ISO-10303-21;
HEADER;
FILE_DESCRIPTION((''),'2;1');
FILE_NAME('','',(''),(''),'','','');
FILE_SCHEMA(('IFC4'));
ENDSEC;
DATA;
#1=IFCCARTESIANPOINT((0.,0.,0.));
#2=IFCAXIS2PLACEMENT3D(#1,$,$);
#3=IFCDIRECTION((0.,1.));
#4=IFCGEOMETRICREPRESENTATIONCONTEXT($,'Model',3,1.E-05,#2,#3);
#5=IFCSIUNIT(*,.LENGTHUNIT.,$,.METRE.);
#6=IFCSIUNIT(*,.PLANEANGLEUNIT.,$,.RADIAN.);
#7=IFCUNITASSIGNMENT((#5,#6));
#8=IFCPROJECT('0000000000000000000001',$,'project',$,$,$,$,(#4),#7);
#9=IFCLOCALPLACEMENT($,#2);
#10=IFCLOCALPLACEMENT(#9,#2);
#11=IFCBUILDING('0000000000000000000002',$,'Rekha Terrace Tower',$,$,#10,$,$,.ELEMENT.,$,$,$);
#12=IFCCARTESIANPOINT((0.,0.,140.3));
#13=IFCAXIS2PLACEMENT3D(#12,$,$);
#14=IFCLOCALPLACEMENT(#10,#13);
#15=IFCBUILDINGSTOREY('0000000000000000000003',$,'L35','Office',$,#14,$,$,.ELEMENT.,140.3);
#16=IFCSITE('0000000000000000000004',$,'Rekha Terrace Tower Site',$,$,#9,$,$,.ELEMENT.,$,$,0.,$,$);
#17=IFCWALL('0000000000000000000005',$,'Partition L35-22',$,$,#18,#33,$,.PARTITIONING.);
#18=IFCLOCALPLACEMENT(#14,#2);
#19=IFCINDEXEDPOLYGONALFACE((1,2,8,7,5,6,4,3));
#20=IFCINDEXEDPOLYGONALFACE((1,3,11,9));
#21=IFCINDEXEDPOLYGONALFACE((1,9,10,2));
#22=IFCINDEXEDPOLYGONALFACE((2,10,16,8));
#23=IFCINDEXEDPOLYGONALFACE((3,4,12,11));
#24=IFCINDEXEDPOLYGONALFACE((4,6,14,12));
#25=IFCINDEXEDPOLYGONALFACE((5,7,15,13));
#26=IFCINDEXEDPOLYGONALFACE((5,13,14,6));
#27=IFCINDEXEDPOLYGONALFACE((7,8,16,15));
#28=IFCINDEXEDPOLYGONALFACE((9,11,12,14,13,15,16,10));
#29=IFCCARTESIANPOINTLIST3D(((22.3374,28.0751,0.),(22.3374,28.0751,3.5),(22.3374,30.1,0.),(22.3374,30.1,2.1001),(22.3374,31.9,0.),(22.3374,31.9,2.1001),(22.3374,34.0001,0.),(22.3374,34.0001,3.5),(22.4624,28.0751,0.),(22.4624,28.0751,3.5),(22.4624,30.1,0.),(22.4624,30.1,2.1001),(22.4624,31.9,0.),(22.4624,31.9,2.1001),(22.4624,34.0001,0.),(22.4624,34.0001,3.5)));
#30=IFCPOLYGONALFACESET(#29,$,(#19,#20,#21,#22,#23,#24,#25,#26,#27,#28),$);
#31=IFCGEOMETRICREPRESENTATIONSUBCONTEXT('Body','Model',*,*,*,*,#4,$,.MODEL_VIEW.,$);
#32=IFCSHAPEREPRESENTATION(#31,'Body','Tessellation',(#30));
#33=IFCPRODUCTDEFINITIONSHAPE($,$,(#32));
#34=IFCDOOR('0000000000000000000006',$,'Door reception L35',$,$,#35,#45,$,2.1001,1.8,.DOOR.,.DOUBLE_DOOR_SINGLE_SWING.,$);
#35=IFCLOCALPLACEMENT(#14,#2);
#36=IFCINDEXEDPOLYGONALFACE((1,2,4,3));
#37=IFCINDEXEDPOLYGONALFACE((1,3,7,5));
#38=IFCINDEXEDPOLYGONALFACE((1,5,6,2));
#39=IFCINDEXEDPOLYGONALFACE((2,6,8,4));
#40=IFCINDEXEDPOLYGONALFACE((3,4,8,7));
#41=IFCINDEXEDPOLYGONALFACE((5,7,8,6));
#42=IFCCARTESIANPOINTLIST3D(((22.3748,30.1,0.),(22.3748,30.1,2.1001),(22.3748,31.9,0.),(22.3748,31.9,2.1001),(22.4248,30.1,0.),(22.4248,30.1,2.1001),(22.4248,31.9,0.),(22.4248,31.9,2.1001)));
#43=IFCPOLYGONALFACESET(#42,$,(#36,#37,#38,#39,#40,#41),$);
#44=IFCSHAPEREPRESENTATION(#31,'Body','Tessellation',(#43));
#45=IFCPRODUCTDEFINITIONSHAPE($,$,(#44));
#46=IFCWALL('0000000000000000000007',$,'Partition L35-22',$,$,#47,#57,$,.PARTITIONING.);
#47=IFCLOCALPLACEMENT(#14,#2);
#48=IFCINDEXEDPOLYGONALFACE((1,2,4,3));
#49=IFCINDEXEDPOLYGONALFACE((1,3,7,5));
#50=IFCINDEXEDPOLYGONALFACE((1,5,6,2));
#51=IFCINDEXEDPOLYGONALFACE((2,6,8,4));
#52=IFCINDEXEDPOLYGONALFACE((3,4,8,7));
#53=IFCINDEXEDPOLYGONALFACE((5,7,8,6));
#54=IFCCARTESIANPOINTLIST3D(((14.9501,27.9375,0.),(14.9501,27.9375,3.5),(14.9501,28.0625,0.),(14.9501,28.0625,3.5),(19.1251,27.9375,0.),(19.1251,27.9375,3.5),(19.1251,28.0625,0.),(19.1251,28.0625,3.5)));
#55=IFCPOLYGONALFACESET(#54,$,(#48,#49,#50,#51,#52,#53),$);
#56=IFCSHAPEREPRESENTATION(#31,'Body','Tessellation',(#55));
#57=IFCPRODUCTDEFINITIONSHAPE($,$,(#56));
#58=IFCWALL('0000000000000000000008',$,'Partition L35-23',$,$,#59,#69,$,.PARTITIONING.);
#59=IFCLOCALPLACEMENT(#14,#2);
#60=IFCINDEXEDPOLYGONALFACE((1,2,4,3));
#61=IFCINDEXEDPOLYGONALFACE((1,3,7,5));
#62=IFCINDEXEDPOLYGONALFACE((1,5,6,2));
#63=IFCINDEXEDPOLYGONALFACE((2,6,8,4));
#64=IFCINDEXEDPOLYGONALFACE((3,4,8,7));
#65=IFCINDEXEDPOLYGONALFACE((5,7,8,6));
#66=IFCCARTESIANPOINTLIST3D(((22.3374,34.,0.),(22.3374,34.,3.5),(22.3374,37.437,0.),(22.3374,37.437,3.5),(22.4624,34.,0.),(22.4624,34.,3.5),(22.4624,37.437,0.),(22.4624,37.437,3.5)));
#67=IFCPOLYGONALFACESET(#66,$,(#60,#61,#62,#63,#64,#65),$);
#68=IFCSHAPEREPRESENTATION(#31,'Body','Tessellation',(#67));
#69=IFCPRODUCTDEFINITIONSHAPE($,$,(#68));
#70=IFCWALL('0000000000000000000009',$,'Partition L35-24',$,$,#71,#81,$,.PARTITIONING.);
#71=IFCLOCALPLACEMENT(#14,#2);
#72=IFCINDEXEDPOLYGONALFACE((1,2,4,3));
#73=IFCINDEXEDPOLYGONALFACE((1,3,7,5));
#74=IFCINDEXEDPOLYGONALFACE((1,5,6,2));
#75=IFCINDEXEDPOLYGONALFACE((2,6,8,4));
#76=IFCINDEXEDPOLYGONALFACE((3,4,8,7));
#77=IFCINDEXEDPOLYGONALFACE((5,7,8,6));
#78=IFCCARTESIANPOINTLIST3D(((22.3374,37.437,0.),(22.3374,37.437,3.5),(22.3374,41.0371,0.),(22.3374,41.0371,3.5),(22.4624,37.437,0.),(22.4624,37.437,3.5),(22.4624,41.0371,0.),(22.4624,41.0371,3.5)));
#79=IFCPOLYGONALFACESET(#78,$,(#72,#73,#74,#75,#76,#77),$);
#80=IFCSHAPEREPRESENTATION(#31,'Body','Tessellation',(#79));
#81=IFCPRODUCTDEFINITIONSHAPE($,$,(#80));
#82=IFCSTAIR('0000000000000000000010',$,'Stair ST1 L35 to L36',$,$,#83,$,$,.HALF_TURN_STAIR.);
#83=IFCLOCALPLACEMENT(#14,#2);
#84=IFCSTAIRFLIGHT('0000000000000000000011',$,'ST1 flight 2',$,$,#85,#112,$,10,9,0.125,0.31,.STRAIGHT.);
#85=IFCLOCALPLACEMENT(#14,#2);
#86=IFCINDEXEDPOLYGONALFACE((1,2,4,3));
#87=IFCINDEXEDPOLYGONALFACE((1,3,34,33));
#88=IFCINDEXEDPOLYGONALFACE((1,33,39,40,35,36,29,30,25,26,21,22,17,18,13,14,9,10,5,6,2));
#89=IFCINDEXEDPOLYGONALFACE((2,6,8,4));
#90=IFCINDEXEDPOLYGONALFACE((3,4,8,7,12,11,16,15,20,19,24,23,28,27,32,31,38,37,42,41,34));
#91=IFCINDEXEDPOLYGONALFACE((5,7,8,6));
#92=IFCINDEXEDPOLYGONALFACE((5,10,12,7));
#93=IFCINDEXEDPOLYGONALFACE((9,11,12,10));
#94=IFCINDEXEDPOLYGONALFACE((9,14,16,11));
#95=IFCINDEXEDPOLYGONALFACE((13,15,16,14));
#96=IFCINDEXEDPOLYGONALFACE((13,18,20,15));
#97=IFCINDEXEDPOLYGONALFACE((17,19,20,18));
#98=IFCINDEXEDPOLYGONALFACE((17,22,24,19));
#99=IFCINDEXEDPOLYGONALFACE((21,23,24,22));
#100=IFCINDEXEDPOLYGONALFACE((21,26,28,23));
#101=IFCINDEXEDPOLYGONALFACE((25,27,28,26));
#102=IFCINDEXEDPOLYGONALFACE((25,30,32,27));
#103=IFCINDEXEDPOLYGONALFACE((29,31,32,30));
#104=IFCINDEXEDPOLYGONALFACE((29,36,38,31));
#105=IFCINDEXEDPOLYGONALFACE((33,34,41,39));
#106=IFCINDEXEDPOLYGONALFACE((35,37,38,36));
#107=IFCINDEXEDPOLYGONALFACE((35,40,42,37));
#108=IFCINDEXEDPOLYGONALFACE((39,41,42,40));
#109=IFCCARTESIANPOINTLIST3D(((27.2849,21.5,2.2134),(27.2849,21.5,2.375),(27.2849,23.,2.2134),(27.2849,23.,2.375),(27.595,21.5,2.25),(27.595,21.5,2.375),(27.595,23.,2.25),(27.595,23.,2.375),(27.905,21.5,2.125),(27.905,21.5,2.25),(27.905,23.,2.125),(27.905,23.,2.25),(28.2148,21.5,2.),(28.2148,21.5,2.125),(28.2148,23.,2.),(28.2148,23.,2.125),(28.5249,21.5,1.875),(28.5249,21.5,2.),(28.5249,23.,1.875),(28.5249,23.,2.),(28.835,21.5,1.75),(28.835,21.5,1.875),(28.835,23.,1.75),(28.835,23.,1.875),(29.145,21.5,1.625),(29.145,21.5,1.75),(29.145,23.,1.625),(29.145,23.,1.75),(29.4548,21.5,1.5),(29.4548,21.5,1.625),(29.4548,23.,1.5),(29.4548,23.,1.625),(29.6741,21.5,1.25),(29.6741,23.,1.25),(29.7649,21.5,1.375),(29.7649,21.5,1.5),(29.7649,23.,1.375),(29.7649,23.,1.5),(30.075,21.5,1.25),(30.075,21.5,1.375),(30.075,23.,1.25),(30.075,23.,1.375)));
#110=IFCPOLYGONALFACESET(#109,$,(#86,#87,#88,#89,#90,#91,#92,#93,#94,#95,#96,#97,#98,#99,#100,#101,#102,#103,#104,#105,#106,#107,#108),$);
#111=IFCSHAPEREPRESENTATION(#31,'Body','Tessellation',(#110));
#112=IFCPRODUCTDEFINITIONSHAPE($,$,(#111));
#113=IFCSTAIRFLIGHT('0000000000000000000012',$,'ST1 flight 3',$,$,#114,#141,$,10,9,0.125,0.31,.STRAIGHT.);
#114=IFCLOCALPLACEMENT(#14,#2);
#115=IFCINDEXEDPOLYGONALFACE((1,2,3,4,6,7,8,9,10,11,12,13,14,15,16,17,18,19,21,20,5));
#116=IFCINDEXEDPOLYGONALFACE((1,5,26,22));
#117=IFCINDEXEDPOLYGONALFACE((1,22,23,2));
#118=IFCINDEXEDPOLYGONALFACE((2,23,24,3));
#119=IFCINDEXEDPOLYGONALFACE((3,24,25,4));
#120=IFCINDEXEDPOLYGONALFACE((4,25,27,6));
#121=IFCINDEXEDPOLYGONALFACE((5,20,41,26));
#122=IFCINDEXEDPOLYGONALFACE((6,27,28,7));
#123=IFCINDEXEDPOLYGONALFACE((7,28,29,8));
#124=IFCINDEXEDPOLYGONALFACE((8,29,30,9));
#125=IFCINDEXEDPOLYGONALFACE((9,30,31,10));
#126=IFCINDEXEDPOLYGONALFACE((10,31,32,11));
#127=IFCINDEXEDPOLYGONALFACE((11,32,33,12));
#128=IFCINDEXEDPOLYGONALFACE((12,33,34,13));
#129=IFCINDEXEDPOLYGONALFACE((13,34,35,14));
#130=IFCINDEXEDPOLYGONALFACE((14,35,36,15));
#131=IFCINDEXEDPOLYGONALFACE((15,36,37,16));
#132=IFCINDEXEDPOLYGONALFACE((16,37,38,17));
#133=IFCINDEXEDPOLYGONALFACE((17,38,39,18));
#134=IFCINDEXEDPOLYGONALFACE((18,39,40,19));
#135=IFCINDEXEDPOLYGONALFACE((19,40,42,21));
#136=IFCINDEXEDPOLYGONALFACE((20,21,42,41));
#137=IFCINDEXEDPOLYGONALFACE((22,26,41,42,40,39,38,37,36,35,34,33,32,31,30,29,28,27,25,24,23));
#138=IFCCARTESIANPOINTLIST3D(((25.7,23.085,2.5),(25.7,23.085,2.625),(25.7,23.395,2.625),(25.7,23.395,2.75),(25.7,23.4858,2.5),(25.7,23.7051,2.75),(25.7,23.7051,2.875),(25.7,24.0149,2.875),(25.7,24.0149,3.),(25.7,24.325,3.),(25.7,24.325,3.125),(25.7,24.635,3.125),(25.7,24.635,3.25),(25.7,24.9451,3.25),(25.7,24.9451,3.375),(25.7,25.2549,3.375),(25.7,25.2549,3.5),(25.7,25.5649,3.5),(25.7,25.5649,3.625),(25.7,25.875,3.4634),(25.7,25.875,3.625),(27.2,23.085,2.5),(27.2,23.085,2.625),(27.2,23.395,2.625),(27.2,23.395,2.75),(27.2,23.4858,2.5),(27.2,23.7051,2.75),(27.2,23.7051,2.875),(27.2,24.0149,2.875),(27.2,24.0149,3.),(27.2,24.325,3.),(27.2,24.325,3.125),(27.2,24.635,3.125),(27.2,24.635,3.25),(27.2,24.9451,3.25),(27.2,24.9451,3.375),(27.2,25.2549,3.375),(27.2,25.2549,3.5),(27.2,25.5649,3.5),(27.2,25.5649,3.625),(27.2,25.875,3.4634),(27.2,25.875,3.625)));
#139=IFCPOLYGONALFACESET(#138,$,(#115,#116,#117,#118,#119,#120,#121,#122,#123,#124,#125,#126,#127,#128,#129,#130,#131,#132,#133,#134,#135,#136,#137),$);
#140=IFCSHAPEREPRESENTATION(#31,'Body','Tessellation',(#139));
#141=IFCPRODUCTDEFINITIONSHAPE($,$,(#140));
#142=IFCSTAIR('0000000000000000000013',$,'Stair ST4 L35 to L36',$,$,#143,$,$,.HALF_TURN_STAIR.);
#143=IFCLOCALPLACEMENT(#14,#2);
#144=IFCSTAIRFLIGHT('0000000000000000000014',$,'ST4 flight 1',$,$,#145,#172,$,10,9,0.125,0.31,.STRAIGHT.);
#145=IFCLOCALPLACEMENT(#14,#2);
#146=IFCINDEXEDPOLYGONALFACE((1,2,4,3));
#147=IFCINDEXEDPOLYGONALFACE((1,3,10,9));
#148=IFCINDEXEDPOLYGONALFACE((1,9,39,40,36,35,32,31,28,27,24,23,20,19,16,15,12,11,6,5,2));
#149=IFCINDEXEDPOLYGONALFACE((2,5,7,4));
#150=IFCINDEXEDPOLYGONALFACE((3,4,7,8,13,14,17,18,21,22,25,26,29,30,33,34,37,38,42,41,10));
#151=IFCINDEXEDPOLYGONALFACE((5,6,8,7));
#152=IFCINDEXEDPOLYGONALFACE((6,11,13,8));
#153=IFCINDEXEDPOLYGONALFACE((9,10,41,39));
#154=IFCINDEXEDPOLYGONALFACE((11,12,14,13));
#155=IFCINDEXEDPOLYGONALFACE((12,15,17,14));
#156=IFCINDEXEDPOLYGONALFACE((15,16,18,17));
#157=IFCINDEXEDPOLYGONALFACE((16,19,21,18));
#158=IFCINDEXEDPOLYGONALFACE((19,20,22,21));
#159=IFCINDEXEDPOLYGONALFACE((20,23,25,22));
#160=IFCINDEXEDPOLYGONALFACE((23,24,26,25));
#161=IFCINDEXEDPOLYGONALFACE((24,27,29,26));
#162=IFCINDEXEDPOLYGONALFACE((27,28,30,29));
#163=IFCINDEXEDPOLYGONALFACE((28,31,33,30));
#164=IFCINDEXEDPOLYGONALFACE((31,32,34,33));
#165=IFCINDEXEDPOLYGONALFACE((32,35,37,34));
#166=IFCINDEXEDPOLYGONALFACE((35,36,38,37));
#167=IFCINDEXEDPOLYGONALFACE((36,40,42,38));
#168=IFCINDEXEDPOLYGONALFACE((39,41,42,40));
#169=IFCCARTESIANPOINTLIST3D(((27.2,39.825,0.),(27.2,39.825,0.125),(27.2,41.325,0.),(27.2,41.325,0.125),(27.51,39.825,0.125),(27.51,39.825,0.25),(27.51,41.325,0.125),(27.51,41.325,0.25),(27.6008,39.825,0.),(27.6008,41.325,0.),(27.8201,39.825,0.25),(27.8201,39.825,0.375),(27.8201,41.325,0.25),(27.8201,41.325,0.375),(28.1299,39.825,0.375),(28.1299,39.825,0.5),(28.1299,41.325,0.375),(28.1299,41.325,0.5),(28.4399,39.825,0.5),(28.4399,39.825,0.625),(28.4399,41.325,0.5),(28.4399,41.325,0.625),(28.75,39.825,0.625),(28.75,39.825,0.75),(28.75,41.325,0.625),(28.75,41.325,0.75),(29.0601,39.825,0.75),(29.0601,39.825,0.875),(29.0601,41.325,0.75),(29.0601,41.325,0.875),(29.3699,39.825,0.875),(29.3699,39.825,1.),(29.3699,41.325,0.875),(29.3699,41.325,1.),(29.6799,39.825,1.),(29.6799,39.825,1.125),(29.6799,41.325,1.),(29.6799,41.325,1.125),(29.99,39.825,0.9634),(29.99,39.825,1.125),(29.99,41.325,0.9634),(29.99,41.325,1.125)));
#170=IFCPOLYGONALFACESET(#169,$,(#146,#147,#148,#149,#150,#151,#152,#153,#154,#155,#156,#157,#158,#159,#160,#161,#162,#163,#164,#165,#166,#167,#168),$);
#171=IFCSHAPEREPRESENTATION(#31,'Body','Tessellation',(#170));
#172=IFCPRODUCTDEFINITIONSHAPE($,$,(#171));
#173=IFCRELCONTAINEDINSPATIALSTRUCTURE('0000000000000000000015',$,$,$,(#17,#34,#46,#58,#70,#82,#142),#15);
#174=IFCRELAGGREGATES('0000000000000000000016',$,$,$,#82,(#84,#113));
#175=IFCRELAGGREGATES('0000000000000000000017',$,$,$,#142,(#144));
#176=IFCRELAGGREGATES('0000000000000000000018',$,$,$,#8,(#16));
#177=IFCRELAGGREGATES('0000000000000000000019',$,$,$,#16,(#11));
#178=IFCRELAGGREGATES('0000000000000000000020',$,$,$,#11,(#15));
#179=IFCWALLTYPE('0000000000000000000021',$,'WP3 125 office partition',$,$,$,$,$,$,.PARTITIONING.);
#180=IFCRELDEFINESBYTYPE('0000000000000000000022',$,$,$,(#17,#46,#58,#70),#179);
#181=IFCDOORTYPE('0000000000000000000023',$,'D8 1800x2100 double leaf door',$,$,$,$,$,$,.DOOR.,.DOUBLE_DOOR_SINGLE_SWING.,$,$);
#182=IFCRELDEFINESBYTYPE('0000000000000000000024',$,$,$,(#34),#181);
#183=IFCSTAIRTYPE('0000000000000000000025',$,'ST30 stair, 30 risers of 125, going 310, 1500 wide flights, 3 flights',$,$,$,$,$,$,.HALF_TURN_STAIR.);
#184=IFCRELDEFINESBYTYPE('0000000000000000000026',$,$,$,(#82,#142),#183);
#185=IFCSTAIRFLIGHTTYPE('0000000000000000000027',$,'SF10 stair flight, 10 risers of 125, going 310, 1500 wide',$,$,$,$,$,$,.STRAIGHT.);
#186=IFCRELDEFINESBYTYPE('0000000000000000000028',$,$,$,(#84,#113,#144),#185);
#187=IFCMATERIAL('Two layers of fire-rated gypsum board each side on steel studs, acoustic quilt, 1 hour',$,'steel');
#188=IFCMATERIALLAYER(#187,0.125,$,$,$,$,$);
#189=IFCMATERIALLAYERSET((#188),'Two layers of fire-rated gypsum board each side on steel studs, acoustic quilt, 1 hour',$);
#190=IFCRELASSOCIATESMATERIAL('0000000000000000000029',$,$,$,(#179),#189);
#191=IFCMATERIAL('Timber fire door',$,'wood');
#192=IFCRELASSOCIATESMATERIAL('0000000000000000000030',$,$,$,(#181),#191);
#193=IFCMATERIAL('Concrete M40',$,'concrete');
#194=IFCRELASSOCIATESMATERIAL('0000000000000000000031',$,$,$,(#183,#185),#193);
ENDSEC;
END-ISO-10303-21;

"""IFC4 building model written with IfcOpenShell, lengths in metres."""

from ifc_helpers import new_model, si_unit, direction, frame, frame_2d, origin, place, context, subcontext, project, spatial, polyline, rectangle, outline, extrude, material, layer, layer_set, type_object, element, fill, aggregate, save


model = new_model("IFC4")

# Units and contexts
model_context = context("Model", 3, precision=1e-05, world=origin(), true_north=direction((0.0, 1.0)))
body_context = subcontext(model_context, "Body", "Model", "MODEL_VIEW")
ifc_project = project(units=[si_unit("LENGTHUNIT", "METRE"), si_unit("PLANEANGLEUNIT", "RADIAN")], contexts=[model_context])

# Site, building, storey
site_placement = place(None, origin())
site = spatial("IfcSite", under=ifc_project, at=site_placement, Name="Rekha Terrace Tower Site", CompositionType="ELEMENT", RefElevation=0.0)
building_placement = place(site_placement, origin())
building = spatial("IfcBuilding", under=site, at=building_placement, Name="Rekha Terrace Tower", CompositionType="ELEMENT")
storey_placement = place(building_placement, frame((0.0, 0.0, 140.3)))
storey = spatial("IfcBuildingStorey", under=building, at=storey_placement, Name="L35", Description="Office", CompositionType="ELEMENT", Elevation=140.3)

# Shared definitions
ifc_material_1 = material(Name="Two layers of fire-rated gypsum board each side on steel studs, acoustic quilt, 1 hour", Category="steel")
ifc_layer_1 = layer(ifc_material_1, 0.125)
ifc_layer_set_1 = layer_set([ifc_layer_1], Name="Two layers of fire-rated gypsum board each side on steel studs, acoustic quilt, 1 hour")
wall_type_1 = type_object("IfcWallType", Name="WP3 125 office partition", PredefinedType="PARTITIONING", material=ifc_layer_set_1)

# Wall, opening, door
wall_1_placement = place(storey_placement, frame((22.3999, 34.0, 0.0), z_axis=(0.0, 0.0, 1.0), x_axis=(0.0, -1.0, 0.0)))
wall_1 = element("IfcWall", 1, at=wall_1_placement, inside=storey, type_object=wall_type_1, Name="Partition L35-22", PredefinedType="PARTITIONING", context=body_context, shape_type="SweptSolid", body=[
    extrude(rectangle(XDim=5.925, YDim=0.125, at=frame_2d((2.9624, 0.0))), origin(), (0.0, 0.0, 1.0), 3.5),
])
opening_1_placement = place(wall_1_placement, frame((2.1001, 0.0, 0.0)))
opening_1 = element("IfcOpeningElement", 2, at=opening_1_placement, cuts=wall_1, PredefinedType="OPENING", context=body_context, shape_type="SweptSolid", body=[
    extrude(rectangle(XDim=1.8, YDim=2.1001, at=frame_2d((0.8999, 1.05))), frame((0.0, 0.0725, 0.0), z_axis=(0.0, -1.0, 0.0), x_axis=(1.0, 0.0, 0.0)), (0.0, 0.0, 1.0), 0.145),
])
ifc_material_2 = material(Name="Timber fire door", Category="wood")
door_type_1 = type_object("IfcDoorType", Name="D8 1800x2100 double leaf door", OperationType="DOUBLE_DOOR_SINGLE_SWING", PredefinedType="DOOR", material=ifc_material_2)
door_1_placement = place(opening_1_placement, origin())
door_1 = element("IfcDoor", 3, at=door_1_placement, inside=storey, type_object=door_type_1, Name="Door reception L35", OperationType="DOUBLE_DOOR_SINGLE_SWING", OverallHeight=2.1001, OverallWidth=1.8, PredefinedType="DOOR", context=body_context, shape_type="SweptSolid", body=[
    extrude(rectangle(XDim=1.8, YDim=2.1001, at=frame_2d((0.8999, 1.05))), frame((0.0, 0.0249, 0.0), z_axis=(0.0, -1.0, 0.0), x_axis=(1.0, 0.0, 0.0)), (0.0, 0.0, 1.0), 0.05),
])
fill(opening_1, door_1)

# Walls
wall_2_placement = place(storey_placement, frame((19.125, 28.0, 0.0), z_axis=(0.0, 0.0, 1.0), x_axis=(-1.0, 0.0, 0.0)))
element("IfcWall", 4, at=wall_2_placement, inside=storey, type_object=wall_type_1, Name="Partition L35-22", PredefinedType="PARTITIONING", context=body_context, shape_type="SweptSolid", body=[
    extrude(rectangle(XDim=4.175, YDim=0.125, at=frame_2d((2.0874, 0.0))), origin(), (0.0, 0.0, 1.0), 3.5),
])
wall_3_placement = place(storey_placement, frame((22.3999, 37.437, 0.0), z_axis=(0.0, 0.0, 1.0), x_axis=(0.0, -1.0, 0.0)))
element("IfcWall", 5, at=wall_3_placement, inside=storey, type_object=wall_type_1, Name="Partition L35-23", PredefinedType="PARTITIONING", context=body_context, shape_type="SweptSolid", body=[
    extrude(rectangle(XDim=3.437, YDim=0.125, at=frame_2d((1.7185, 0.0))), origin(), (0.0, 0.0, 1.0), 3.5),
])
wall_4_placement = place(storey_placement, frame((22.3999, 41.0371, 0.0), z_axis=(0.0, 0.0, 1.0), x_axis=(0.0, -1.0, 0.0)))
element("IfcWall", 6, at=wall_4_placement, inside=storey, type_object=wall_type_1, Name="Partition L35-24", PredefinedType="PARTITIONING", context=body_context, shape_type="SweptSolid", body=[
    extrude(rectangle(XDim=3.6001, YDim=0.125, at=frame_2d((1.8, 0.0))), origin(), (0.0, 0.0, 1.0), 3.5),
])

# Stair, stair flights
ifc_material_3 = material(Name="Concrete M40", Category="concrete")
stair_type = type_object("IfcStairType", Name="ST30 stair, 30 risers of 125, going 310, 1500 wide flights, 3 flights", PredefinedType="HALF_TURN_STAIR", material=ifc_material_3)
stair_1_placement = place(storey_placement, origin())
stair_1 = element("IfcStair", 7, at=stair_1_placement, inside=storey, type_object=stair_type, Name="Stair ST1 L35 to L36", PredefinedType="HALF_TURN_STAIR")
stair_flight_type = type_object("IfcStairFlightType", Name="SF10 stair flight, 10 risers of 125, going 310, 1500 wide", PredefinedType="STRAIGHT", material=ifc_material_3)
stair_flight_1_placement = place(storey_placement, frame((30.075, 22.25, 1.25), z_axis=(0.0, 0.0, 1.0), x_axis=(-1.0, 0.0, 0.0)))
stair_flight_1 = element("IfcStairFlight", 8, at=stair_flight_1_placement, type_object=stair_flight_type, Name="ST1 flight 2", NumberOfRisers=10, NumberOfTreads=9, PredefinedType="STRAIGHT", RiserHeight=0.125, TreadLength=0.31, context=body_context, shape_type="SweptSolid", body=[
    extrude(outline(polyline([(0.0, 0.0), (0.0, 0.125), (0.3101, 0.125), (0.3101, 0.25), (0.6201, 0.25), (0.6201, 0.375), (0.9299, 0.375), (0.9299, 0.5), (1.24, 0.5), (1.24, 0.625), (1.55, 0.625), (1.55, 0.75), (1.8601, 0.75), (1.8601, 0.875), (2.1699, 0.875), (2.1699, 1.0), (2.48, 1.0), (2.48, 1.125), (2.79, 1.125), (2.79, 1.25), (2.79, 0.9634), (0.4009, 0.0), (0.0, 0.0)])), frame((0.0, 0.75, 0.0), z_axis=(0.0, -1.0, 0.0), x_axis=(1.0, 0.0, 0.0)), (0.0, 0.0, 1.0), 1.5),
])
stair_flight_2_placement = place(storey_placement, frame((26.45, 23.085, 2.5), z_axis=(0.0, 0.0, 1.0), x_axis=(0.0, 1.0, 0.0)))
stair_flight_2 = element("IfcStairFlight", 9, at=stair_flight_2_placement, type_object=stair_flight_type, Name="ST1 flight 3", NumberOfRisers=10, NumberOfTreads=9, PredefinedType="STRAIGHT", RiserHeight=0.125, TreadLength=0.31, context=body_context, shape_type="SweptSolid", body=[
    extrude(outline(polyline([(0.0, 0.0), (0.0, 0.125), (0.3101, 0.125), (0.3101, 0.25), (0.6201, 0.25), (0.6201, 0.375), (0.9299, 0.375), (0.9299, 0.5), (1.24, 0.5), (1.24, 0.625), (1.55, 0.625), (1.55, 0.75), (1.8601, 0.75), (1.8601, 0.875), (2.1699, 0.875), (2.1699, 1.0), (2.48, 1.0), (2.48, 1.125), (2.79, 1.125), (2.79, 1.25), (2.79, 0.9634), (0.4009, 0.0), (0.0, 0.0)])), frame((0.0, 0.75, 0.0), z_axis=(0.0, -1.0, 0.0), x_axis=(1.0, 0.0, 0.0)), (0.0, 0.0, 1.0), 1.5),
])
aggregate(stair_1, [stair_flight_1, stair_flight_2])

# Stair, stair flight
stair_2_placement = place(storey_placement, origin())
stair_2 = element("IfcStair", 10, at=stair_2_placement, inside=storey, type_object=stair_type, Name="Stair ST4 L35 to L36", PredefinedType="HALF_TURN_STAIR")
stair_flight_3_placement = place(storey_placement, frame((27.2, 40.575, 0.0), z_axis=(0.0, 0.0, 1.0), x_axis=(1.0, 0.0, 0.0)))
stair_flight_3 = element("IfcStairFlight", 11, at=stair_flight_3_placement, type_object=stair_flight_type, Name="ST4 flight 1", NumberOfRisers=10, NumberOfTreads=9, PredefinedType="STRAIGHT", RiserHeight=0.125, TreadLength=0.31, context=body_context, shape_type="SweptSolid", body=[
    extrude(outline(polyline([(0.0, 0.0), (0.0, 0.125), (0.3101, 0.125), (0.3101, 0.25), (0.6201, 0.25), (0.6201, 0.375), (0.9299, 0.375), (0.9299, 0.5), (1.24, 0.5), (1.24, 0.625), (1.55, 0.625), (1.55, 0.75), (1.8601, 0.75), (1.8601, 0.875), (2.1699, 0.875), (2.1699, 1.0), (2.48, 1.0), (2.48, 1.125), (2.79, 1.125), (2.79, 1.25), (2.79, 0.9634), (0.4009, 0.0), (0.0, 0.0)])), frame((0.0, 0.75, 0.0), z_axis=(0.0, -1.0, 0.0), x_axis=(1.0, 0.0, 0.0)), (0.0, 0.0, 1.0), 1.5),
])
aggregate(stair_2, [stair_flight_3])

save(model, "model.ifc")
